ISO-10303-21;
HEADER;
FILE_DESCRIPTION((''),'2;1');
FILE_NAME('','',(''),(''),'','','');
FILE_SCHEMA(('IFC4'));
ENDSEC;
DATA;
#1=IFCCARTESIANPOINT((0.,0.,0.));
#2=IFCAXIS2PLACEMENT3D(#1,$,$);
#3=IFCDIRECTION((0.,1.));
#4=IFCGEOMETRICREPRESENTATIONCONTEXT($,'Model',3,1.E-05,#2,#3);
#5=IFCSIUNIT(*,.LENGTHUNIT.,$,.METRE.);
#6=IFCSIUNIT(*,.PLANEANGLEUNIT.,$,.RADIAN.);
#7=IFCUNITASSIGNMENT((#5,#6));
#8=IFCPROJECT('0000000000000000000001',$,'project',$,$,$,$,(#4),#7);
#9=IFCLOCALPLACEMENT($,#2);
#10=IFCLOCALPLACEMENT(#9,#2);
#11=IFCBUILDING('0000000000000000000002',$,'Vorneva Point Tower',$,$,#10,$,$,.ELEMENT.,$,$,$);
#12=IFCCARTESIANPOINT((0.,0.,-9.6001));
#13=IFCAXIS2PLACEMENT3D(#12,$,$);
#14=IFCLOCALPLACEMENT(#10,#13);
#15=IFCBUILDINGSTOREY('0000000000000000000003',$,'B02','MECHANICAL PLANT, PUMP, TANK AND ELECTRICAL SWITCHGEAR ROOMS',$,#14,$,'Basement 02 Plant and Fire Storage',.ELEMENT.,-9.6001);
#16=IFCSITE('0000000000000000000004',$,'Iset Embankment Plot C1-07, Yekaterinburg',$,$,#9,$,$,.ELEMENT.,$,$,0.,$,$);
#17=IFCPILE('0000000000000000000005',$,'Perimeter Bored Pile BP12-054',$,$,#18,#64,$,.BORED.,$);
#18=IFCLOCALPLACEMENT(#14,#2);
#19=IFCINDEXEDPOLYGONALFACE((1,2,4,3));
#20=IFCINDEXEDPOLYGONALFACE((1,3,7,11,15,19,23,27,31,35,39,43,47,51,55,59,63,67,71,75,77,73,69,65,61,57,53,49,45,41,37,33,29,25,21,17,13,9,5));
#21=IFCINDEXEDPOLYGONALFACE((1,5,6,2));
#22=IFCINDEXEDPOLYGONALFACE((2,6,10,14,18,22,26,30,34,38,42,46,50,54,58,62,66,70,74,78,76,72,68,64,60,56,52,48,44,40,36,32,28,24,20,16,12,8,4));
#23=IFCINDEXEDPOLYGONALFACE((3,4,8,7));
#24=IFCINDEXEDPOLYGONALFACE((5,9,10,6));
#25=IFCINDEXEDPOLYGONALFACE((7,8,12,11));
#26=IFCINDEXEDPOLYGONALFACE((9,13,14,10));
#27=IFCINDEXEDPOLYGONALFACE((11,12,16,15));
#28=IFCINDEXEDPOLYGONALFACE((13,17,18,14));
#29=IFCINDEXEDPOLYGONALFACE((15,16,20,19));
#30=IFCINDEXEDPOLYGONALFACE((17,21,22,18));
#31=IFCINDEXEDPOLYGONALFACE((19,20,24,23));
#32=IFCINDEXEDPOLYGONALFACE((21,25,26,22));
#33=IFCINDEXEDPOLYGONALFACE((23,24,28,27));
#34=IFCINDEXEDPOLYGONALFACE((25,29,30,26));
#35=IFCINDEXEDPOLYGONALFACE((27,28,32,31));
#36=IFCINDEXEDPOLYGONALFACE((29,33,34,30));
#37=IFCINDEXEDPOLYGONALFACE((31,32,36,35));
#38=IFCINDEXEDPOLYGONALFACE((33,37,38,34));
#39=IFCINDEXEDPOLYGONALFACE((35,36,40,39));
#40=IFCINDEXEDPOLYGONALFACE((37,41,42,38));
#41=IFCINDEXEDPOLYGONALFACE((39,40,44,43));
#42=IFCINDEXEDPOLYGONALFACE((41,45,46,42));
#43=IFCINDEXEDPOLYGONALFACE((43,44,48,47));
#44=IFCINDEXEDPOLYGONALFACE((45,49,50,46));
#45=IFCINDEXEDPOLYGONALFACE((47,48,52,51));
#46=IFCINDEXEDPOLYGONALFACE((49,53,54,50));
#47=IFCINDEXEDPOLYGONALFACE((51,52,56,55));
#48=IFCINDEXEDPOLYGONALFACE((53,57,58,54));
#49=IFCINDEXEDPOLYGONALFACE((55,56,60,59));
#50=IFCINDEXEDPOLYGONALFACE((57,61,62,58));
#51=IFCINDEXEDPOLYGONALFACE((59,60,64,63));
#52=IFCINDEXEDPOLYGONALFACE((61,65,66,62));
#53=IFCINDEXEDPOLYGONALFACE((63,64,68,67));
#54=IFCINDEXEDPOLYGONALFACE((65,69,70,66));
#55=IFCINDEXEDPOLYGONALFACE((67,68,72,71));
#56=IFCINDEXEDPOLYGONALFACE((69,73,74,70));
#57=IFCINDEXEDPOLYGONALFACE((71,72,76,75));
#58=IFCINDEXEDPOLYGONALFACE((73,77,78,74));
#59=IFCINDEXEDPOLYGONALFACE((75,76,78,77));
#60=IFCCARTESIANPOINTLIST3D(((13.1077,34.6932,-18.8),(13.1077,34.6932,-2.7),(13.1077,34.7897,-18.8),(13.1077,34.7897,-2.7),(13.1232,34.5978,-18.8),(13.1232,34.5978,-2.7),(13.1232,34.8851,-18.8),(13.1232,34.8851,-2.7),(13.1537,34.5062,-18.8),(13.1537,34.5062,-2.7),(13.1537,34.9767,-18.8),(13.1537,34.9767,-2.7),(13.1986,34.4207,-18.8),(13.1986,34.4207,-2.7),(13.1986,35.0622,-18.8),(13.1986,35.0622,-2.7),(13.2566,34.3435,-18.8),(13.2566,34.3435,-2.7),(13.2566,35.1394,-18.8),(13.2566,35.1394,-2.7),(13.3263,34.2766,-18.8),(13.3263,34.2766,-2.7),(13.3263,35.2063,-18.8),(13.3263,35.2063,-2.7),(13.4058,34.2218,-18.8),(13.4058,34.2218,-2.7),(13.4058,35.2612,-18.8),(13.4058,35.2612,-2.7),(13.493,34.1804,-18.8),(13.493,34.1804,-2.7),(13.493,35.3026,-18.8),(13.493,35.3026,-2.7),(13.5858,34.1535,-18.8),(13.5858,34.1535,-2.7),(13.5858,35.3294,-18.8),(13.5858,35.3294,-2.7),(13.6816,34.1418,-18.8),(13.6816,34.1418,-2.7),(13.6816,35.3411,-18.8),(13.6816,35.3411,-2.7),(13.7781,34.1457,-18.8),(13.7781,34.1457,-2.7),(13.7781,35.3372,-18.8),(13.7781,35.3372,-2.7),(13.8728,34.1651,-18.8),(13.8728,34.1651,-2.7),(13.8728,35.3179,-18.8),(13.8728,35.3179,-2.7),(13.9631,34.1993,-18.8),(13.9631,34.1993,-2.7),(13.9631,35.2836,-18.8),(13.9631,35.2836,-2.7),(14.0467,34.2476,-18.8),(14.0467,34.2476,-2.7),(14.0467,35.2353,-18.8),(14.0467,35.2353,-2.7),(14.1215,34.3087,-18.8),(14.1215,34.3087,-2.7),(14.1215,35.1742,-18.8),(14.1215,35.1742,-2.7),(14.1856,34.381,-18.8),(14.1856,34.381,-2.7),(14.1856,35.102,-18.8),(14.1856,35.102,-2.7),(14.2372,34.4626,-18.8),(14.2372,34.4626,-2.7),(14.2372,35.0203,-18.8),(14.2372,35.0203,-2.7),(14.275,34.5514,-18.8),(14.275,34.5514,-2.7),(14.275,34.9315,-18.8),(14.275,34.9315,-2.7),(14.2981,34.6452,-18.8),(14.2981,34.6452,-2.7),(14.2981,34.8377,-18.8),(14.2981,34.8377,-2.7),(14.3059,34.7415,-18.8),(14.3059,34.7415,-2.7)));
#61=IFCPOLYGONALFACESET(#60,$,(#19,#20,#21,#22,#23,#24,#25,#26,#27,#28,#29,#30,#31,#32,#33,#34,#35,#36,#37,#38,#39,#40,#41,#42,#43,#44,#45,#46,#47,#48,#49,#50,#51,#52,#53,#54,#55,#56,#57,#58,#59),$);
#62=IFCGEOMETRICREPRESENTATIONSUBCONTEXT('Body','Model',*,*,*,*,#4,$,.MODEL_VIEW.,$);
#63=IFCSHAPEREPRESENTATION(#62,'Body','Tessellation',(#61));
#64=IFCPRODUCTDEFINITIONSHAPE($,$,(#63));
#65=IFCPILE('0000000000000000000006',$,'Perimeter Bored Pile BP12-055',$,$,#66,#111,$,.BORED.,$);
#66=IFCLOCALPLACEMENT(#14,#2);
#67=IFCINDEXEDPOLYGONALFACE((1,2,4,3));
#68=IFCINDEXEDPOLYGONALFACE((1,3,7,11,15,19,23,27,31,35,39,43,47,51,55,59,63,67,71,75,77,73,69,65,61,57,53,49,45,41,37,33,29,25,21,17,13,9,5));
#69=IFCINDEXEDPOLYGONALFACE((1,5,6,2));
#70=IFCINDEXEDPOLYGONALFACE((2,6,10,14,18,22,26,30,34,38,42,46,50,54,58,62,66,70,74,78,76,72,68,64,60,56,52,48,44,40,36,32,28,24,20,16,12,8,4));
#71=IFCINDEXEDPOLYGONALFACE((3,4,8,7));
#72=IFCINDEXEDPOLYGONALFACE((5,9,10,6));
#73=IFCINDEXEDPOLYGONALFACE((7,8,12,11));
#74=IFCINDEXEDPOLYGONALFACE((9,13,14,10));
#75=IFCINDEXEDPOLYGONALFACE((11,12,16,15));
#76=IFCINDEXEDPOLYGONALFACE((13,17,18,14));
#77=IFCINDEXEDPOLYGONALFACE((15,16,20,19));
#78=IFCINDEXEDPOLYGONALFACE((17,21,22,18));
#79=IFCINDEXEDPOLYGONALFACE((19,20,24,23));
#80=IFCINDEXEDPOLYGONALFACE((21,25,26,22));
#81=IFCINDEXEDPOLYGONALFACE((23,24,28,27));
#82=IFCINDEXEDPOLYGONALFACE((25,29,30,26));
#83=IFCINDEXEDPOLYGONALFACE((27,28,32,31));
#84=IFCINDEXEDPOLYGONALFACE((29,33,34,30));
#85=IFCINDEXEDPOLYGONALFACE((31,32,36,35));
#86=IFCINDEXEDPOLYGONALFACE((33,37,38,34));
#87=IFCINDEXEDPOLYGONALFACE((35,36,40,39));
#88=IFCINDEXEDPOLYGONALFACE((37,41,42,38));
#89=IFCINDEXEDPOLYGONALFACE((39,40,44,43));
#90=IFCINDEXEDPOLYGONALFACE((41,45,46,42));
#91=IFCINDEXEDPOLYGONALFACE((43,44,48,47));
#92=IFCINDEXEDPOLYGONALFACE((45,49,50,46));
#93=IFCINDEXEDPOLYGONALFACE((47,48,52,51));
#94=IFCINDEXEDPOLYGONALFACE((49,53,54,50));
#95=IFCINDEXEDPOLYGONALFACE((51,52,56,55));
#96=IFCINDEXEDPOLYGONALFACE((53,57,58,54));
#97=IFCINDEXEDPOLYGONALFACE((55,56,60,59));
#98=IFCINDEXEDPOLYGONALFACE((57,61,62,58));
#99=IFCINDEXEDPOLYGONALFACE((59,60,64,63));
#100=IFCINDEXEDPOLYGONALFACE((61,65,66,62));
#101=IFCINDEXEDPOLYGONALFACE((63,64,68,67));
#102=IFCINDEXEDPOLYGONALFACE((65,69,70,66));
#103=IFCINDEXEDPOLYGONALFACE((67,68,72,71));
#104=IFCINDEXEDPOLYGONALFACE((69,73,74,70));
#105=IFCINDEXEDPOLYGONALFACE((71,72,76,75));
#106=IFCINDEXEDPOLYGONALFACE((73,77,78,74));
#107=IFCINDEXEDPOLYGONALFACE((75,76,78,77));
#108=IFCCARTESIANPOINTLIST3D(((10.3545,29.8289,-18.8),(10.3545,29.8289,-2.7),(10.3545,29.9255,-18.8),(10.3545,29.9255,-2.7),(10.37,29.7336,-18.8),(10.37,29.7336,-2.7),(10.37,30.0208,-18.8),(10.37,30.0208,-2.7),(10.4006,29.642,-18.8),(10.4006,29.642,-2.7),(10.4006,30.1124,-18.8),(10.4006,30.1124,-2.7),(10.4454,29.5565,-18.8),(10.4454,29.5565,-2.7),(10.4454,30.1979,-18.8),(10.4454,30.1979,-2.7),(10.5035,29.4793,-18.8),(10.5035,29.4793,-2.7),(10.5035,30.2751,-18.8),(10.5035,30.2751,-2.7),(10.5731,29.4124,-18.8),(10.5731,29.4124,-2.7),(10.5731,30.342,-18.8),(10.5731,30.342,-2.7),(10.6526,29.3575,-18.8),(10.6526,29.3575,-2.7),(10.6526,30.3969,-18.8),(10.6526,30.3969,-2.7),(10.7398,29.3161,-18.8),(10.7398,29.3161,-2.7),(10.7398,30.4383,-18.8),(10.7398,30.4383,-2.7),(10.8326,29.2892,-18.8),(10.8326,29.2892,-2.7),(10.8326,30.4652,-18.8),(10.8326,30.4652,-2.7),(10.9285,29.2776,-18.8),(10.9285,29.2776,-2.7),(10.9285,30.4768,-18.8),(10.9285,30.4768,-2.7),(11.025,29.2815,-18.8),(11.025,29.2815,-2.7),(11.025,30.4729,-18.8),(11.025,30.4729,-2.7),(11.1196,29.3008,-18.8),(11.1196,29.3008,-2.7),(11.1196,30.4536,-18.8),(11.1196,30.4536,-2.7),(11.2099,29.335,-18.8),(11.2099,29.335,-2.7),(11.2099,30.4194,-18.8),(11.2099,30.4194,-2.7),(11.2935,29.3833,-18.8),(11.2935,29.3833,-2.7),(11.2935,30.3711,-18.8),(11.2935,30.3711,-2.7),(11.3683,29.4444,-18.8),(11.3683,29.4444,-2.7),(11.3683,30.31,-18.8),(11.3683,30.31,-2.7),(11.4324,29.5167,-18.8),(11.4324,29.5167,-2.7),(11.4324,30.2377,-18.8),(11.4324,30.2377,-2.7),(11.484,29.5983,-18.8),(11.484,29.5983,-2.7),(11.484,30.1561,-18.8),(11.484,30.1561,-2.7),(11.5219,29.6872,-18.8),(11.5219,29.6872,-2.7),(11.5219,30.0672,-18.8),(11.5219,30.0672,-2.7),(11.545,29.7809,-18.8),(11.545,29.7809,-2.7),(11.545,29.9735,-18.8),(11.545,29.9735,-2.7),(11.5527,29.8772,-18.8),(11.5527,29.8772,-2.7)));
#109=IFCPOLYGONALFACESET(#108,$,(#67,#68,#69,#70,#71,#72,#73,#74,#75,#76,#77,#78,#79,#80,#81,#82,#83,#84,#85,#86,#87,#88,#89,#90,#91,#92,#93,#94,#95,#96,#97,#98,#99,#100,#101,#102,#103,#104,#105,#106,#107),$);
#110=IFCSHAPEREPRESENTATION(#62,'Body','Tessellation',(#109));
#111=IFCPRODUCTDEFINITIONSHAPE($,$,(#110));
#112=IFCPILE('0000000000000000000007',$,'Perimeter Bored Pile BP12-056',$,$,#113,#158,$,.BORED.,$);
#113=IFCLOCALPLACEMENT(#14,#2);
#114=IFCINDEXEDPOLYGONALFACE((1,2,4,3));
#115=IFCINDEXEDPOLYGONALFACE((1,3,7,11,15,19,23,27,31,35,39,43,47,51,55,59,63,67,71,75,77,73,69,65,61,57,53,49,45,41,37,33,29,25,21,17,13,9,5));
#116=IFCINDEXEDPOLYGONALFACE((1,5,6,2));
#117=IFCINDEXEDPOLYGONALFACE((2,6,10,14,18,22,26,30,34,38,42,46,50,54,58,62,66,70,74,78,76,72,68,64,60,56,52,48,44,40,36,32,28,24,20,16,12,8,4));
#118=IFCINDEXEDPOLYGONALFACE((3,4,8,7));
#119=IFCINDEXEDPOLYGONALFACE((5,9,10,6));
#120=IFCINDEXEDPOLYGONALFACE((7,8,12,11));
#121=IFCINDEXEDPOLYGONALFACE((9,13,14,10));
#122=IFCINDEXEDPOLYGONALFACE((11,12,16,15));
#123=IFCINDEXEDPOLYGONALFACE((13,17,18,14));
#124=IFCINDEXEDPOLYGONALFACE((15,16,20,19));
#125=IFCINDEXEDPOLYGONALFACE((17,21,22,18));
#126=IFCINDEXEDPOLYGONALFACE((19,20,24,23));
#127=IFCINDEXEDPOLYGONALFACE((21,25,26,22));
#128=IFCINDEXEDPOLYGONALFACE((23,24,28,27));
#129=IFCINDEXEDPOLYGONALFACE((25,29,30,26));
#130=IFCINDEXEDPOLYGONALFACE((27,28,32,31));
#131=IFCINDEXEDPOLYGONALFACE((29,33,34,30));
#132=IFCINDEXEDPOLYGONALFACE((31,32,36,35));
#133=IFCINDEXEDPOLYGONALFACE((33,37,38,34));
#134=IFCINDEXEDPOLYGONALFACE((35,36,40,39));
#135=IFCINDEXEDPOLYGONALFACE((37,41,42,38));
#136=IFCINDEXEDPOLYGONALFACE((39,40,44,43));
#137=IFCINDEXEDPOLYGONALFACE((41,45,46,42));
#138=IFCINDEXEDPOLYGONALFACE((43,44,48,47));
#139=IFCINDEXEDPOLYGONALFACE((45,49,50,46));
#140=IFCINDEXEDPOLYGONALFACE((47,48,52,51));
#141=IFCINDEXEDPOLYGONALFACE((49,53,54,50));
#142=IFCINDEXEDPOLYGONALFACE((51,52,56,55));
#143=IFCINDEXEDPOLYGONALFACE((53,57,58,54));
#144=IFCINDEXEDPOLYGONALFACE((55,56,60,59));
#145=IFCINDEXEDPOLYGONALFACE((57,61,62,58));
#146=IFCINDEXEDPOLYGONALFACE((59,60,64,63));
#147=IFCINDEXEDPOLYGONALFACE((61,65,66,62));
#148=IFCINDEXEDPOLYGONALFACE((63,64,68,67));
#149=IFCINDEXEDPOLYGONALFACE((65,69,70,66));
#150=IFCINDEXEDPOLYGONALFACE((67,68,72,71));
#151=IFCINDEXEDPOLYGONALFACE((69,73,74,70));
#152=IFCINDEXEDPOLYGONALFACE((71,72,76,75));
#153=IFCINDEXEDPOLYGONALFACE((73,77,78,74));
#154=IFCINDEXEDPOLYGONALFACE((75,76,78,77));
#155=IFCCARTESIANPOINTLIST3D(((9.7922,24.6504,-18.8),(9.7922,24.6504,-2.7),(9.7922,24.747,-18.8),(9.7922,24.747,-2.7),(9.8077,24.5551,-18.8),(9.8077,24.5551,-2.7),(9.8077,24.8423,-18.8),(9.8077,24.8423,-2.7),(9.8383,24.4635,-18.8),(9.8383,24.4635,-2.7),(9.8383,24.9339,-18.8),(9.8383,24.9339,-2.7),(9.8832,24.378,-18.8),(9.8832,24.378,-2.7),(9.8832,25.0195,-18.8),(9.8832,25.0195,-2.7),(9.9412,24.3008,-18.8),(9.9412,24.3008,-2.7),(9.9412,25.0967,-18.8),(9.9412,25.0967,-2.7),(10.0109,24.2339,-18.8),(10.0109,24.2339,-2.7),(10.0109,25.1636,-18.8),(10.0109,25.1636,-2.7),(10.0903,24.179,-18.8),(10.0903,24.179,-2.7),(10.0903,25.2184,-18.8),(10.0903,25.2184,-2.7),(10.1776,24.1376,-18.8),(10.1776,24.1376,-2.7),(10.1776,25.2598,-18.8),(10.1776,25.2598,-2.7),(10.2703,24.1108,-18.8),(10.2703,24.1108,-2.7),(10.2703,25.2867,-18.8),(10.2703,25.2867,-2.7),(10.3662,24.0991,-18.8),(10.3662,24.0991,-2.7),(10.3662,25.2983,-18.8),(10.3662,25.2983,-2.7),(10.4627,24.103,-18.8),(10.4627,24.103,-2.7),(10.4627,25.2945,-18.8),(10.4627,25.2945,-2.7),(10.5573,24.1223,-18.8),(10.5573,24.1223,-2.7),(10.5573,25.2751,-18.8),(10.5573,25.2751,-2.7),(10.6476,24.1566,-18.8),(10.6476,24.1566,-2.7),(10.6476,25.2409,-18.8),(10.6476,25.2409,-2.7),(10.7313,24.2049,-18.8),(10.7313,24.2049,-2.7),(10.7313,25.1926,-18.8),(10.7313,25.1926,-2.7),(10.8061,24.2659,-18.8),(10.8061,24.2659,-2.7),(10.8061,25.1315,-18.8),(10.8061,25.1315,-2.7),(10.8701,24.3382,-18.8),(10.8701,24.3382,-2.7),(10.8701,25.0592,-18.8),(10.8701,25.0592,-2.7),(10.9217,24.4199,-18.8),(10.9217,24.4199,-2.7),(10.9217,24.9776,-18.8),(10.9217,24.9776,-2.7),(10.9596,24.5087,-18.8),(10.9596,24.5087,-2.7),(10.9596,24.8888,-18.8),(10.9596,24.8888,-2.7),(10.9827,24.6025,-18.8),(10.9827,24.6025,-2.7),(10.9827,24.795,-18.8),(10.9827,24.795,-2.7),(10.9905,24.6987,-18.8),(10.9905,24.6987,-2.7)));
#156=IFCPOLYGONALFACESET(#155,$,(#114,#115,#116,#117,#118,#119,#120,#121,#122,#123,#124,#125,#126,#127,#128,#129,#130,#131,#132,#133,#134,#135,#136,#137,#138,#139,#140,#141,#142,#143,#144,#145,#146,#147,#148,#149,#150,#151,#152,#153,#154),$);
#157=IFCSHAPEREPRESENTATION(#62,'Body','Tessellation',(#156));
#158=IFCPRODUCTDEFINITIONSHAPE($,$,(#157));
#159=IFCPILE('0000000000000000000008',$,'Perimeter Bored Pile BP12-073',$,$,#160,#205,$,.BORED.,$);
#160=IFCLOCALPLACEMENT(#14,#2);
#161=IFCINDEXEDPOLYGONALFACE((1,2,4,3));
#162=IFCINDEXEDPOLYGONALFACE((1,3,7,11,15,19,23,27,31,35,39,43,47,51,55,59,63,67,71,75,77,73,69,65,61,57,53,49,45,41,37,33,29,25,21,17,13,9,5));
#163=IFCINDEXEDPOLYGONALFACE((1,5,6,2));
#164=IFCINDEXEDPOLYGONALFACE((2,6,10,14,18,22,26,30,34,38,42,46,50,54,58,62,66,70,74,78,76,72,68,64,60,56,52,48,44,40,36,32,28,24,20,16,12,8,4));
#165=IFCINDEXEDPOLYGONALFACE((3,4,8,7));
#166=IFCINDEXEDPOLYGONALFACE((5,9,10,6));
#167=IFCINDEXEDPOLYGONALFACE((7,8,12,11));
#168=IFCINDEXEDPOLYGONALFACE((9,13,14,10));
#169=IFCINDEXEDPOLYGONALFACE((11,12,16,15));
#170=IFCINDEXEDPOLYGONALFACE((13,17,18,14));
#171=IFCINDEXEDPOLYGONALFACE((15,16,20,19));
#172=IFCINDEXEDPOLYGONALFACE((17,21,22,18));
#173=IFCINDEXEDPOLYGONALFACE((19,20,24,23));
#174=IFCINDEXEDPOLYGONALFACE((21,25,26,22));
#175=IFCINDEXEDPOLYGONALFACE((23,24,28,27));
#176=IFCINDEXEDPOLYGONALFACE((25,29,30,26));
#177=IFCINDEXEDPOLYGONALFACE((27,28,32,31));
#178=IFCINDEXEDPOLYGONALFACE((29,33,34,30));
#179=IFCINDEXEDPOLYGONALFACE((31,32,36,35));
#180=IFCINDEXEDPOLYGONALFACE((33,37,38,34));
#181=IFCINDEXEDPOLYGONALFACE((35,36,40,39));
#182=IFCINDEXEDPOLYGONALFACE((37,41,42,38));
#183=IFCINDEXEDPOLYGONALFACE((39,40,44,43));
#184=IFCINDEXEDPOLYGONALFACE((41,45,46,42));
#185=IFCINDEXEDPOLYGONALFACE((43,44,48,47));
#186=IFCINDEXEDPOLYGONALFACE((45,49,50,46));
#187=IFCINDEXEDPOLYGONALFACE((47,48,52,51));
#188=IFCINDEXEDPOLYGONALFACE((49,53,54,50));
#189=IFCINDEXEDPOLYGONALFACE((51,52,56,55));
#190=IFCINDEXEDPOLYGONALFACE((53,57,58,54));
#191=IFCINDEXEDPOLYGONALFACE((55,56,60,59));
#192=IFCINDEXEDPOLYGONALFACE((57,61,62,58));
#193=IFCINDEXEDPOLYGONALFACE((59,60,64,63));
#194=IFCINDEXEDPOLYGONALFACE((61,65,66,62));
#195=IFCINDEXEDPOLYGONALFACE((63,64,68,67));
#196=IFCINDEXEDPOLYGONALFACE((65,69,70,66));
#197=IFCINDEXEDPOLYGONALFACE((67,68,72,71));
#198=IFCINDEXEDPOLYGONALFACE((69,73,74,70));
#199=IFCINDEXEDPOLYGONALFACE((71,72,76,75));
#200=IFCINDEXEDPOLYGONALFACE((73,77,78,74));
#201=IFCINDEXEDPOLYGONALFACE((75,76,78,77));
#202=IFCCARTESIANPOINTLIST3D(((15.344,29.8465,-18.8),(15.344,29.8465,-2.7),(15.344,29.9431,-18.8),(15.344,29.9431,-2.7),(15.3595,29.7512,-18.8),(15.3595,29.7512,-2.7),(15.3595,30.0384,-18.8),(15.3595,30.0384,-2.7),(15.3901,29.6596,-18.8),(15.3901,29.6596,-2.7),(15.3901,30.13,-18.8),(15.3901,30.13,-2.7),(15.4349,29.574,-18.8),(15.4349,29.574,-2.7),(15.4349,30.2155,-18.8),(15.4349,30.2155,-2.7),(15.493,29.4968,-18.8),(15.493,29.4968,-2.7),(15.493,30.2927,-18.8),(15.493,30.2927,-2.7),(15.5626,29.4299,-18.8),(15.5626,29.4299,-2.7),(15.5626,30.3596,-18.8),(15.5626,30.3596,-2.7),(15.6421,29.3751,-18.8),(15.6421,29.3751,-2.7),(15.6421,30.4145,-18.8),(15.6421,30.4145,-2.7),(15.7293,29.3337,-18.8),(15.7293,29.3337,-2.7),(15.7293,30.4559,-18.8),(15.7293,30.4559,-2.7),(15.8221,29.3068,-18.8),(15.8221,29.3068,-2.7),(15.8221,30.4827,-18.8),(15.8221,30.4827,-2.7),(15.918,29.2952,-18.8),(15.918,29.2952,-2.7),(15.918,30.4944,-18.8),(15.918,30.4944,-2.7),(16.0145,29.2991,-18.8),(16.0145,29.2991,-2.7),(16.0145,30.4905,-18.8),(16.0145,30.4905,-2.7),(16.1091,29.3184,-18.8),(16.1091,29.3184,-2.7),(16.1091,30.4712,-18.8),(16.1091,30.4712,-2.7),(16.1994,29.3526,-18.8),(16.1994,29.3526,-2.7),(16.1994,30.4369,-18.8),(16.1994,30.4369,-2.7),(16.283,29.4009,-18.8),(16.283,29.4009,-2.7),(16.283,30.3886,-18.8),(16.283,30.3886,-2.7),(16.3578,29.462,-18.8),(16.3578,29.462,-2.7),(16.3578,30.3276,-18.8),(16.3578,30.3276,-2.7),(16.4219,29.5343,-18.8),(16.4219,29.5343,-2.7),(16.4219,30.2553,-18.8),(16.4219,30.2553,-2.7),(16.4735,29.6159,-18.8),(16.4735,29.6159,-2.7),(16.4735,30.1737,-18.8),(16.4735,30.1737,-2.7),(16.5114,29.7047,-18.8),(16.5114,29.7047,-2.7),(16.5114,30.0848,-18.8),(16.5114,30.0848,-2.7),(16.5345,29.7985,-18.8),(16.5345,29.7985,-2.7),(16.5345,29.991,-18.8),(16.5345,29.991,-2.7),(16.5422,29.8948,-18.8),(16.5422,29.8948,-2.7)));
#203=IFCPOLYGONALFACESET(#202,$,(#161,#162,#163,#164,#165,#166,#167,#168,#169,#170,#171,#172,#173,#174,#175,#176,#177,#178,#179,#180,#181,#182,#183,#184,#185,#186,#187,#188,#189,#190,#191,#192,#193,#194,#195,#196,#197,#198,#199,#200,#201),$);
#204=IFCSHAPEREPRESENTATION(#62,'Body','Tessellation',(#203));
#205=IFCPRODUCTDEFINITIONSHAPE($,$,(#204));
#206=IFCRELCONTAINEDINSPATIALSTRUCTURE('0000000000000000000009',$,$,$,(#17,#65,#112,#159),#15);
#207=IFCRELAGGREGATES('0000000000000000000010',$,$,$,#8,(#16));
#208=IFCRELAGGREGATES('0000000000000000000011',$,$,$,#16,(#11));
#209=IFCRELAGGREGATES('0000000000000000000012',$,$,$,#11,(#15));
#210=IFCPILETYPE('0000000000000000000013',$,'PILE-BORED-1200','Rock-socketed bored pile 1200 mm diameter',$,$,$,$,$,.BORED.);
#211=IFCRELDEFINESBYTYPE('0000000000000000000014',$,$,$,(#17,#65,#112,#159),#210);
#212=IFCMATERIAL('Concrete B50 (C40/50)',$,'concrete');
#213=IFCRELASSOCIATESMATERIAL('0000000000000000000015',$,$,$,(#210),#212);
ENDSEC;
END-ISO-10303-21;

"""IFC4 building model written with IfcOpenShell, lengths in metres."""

from ifc_helpers import new_model, si_unit, direction, frame, origin, origin_2d, place, context, subcontext, project, spatial, circle, extrude, material, material_profile, profile_set, type_object, element, save


model = new_model("IFC4")

# Units and contexts
model_context = context("Model", 3, precision=1e-05, world=origin(), true_north=direction((0.0, 1.0)))
body_context = subcontext(model_context, "Body", "Model", "MODEL_VIEW")
ifc_project = project(units=[si_unit("LENGTHUNIT", "METRE"), si_unit("PLANEANGLEUNIT", "RADIAN")], contexts=[model_context])

# Site, building, storey
site_placement = place(None, origin())
site = spatial("IfcSite", under=ifc_project, at=site_placement, Name="Iset Embankment Plot C1-07, Yekaterinburg", CompositionType="ELEMENT", RefElevation=0.0)
building_placement = place(site_placement, origin())
building = spatial("IfcBuilding", under=site, at=building_placement, Name="Vorneva Point Tower", CompositionType="ELEMENT")
storey_placement = place(building_placement, frame((0.0, 0.0, -9.6001)))
storey = spatial("IfcBuildingStorey", under=building, at=storey_placement, Name="B02", Description="MECHANICAL PLANT, PUMP, TANK AND ELECTRICAL SWITCHGEAR ROOMS", LongName="Basement 02 Plant and Fire Storage", CompositionType="ELEMENT", Elevation=-9.6001)

# Piles
ifc_material_1 = material(Name="Concrete B50 (C40/50)", Category="concrete")
ifc_material_profile_1 = material_profile(ifc_material_1, circle(Radius=0.6001, at=origin_2d()), Name="PILE-1200")
ifc_profile_set_1 = profile_set([ifc_material_profile_1], Name="Concrete B50 (C40/50)")
pile_type = type_object("IfcPileType", Name="PILE-BORED-1200", Description="Rock-socketed bored pile 1200 mm diameter", PredefinedType="BORED", material=ifc_profile_set_1)
for number, where, z_axis, x_axis, name in (
    (1, (13.7058, 34.7415, -2.7), (0.0, 0.0, -1.0), (1.0, 0.0, 0.0), "Perimeter Bored Pile BP12-054"),
    (2, (10.9526, 29.8772, -2.7), (0.0, 0.0, -1.0), (1.0, 0.0, 0.0), "Perimeter Bored Pile BP12-055"),
    (3, (10.3904, 24.6987, -2.7), (0.0, 0.0, -1.0), (1.0, 0.0, 0.0), "Perimeter Bored Pile BP12-056"),
    (4, (15.9421, 29.8948, -2.7), (0.0, 0.0, -1.0), (1.0, 0.0, 0.0), "Perimeter Bored Pile BP12-073"),
):
    element("IfcPile", number, at=place(storey_placement, frame(where, z_axis=z_axis, x_axis=x_axis)), inside=storey, type_object=pile_type, Name=name, PredefinedType="BORED", context=body_context, shape_type="SweptSolid", body=[
        extrude(circle(Radius=0.6001, at=origin_2d()), origin(), (0.0, 0.0, 1.0), 16.1001),
    ])

save(model, "model.ifc")
